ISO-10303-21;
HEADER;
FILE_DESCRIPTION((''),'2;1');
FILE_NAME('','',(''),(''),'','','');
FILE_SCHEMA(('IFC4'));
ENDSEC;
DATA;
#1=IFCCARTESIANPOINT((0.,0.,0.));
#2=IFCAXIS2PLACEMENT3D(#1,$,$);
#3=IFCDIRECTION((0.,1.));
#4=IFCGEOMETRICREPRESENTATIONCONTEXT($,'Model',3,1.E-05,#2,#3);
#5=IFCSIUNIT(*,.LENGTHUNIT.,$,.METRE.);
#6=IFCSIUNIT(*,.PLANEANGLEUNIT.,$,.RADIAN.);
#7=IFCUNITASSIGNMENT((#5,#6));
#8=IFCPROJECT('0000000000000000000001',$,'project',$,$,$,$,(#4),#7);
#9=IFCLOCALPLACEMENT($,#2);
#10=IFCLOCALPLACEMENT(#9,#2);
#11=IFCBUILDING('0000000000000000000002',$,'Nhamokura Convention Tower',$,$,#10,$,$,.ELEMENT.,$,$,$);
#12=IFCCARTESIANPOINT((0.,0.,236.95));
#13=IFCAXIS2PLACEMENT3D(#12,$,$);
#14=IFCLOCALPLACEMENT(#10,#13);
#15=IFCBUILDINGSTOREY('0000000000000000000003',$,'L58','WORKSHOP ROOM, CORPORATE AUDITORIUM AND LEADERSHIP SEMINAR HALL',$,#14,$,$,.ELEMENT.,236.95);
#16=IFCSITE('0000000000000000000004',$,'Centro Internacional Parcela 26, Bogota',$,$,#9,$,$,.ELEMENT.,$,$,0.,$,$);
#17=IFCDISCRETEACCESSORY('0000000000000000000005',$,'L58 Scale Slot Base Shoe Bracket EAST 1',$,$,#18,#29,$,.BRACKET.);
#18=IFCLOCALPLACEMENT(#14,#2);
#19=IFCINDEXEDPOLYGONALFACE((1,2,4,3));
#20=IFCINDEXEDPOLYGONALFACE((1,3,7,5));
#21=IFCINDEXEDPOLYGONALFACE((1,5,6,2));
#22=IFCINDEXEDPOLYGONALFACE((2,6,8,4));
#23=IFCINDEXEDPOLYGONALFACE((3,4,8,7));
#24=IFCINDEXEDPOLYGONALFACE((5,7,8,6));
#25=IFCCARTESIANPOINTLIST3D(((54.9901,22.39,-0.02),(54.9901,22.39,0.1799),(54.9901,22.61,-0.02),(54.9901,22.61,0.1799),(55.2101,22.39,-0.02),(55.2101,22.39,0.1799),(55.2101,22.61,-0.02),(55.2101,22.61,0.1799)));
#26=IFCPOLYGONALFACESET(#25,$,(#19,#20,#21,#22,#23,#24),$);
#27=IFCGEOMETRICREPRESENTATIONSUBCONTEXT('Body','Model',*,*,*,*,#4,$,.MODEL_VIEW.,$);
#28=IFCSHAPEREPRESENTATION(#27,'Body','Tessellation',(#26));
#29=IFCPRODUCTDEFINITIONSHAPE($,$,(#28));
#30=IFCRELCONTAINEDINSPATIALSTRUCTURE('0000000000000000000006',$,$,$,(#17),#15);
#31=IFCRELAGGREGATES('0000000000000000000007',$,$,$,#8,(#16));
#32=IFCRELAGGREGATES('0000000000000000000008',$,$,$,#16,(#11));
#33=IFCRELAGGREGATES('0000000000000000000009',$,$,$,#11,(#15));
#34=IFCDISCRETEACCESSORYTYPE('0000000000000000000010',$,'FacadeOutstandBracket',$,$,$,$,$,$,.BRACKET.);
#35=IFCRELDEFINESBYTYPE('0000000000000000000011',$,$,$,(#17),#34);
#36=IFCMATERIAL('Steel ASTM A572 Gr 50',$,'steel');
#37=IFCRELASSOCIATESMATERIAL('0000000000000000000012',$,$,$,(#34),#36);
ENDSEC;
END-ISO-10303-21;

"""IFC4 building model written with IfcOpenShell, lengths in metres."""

from ifc_helpers import new_model, si_unit, direction, frame, origin, origin_2d, place, context, subcontext, project, spatial, rectangle, extrude, material, type_object, element, save


model = new_model("IFC4")

# Units and contexts
model_context = context("Model", 3, precision=1e-05, world=origin(), true_north=direction((0.0, 1.0)))
body_context = subcontext(model_context, "Body", "Model", "MODEL_VIEW")
ifc_project = project(units=[si_unit("LENGTHUNIT", "METRE"), si_unit("PLANEANGLEUNIT", "RADIAN")], contexts=[model_context])

# Site, building, storey
site_placement = place(None, origin())
site = spatial("IfcSite", under=ifc_project, at=site_placement, Name="Centro Internacional Parcela 26, Bogota", CompositionType="ELEMENT", RefElevation=0.0)
building_placement = place(site_placement, origin())
building = spatial("IfcBuilding", under=site, at=building_placement, Name="Nhamokura Convention Tower", CompositionType="ELEMENT")
storey_placement = place(building_placement, frame((0.0, 0.0, 236.95)))
storey = spatial("IfcBuildingStorey", under=building, at=storey_placement, Name="L58", Description="WORKSHOP ROOM, CORPORATE AUDITORIUM AND LEADERSHIP SEMINAR HALL", CompositionType="ELEMENT", Elevation=236.95)

# Discrete accessory
ifc_material_1 = material(Name="Steel ASTM A572 Gr 50", Category="steel")
discrete_accessory_type = type_object("IfcDiscreteAccessoryType", Name="FacadeOutstandBracket", PredefinedType="BRACKET", material=ifc_material_1)
discrete_accessory_placement = place(storey_placement, frame((55.1001, 22.5, -0.02), z_axis=(0.0, 0.0, 1.0), x_axis=(1.0, 0.0, 0.0)))
element("IfcDiscreteAccessory", 1, at=discrete_accessory_placement, inside=storey, type_object=discrete_accessory_type, Name="L58 Scale Slot Base Shoe Bracket EAST 1", PredefinedType="BRACKET", context=body_context, shape_type="SweptSolid", body=[
    extrude(rectangle(XDim=0.22, YDim=0.22, at=origin_2d()), origin(), (0.0, 0.0, 1.0), 0.2),
])

save(model, "model.ifc")
